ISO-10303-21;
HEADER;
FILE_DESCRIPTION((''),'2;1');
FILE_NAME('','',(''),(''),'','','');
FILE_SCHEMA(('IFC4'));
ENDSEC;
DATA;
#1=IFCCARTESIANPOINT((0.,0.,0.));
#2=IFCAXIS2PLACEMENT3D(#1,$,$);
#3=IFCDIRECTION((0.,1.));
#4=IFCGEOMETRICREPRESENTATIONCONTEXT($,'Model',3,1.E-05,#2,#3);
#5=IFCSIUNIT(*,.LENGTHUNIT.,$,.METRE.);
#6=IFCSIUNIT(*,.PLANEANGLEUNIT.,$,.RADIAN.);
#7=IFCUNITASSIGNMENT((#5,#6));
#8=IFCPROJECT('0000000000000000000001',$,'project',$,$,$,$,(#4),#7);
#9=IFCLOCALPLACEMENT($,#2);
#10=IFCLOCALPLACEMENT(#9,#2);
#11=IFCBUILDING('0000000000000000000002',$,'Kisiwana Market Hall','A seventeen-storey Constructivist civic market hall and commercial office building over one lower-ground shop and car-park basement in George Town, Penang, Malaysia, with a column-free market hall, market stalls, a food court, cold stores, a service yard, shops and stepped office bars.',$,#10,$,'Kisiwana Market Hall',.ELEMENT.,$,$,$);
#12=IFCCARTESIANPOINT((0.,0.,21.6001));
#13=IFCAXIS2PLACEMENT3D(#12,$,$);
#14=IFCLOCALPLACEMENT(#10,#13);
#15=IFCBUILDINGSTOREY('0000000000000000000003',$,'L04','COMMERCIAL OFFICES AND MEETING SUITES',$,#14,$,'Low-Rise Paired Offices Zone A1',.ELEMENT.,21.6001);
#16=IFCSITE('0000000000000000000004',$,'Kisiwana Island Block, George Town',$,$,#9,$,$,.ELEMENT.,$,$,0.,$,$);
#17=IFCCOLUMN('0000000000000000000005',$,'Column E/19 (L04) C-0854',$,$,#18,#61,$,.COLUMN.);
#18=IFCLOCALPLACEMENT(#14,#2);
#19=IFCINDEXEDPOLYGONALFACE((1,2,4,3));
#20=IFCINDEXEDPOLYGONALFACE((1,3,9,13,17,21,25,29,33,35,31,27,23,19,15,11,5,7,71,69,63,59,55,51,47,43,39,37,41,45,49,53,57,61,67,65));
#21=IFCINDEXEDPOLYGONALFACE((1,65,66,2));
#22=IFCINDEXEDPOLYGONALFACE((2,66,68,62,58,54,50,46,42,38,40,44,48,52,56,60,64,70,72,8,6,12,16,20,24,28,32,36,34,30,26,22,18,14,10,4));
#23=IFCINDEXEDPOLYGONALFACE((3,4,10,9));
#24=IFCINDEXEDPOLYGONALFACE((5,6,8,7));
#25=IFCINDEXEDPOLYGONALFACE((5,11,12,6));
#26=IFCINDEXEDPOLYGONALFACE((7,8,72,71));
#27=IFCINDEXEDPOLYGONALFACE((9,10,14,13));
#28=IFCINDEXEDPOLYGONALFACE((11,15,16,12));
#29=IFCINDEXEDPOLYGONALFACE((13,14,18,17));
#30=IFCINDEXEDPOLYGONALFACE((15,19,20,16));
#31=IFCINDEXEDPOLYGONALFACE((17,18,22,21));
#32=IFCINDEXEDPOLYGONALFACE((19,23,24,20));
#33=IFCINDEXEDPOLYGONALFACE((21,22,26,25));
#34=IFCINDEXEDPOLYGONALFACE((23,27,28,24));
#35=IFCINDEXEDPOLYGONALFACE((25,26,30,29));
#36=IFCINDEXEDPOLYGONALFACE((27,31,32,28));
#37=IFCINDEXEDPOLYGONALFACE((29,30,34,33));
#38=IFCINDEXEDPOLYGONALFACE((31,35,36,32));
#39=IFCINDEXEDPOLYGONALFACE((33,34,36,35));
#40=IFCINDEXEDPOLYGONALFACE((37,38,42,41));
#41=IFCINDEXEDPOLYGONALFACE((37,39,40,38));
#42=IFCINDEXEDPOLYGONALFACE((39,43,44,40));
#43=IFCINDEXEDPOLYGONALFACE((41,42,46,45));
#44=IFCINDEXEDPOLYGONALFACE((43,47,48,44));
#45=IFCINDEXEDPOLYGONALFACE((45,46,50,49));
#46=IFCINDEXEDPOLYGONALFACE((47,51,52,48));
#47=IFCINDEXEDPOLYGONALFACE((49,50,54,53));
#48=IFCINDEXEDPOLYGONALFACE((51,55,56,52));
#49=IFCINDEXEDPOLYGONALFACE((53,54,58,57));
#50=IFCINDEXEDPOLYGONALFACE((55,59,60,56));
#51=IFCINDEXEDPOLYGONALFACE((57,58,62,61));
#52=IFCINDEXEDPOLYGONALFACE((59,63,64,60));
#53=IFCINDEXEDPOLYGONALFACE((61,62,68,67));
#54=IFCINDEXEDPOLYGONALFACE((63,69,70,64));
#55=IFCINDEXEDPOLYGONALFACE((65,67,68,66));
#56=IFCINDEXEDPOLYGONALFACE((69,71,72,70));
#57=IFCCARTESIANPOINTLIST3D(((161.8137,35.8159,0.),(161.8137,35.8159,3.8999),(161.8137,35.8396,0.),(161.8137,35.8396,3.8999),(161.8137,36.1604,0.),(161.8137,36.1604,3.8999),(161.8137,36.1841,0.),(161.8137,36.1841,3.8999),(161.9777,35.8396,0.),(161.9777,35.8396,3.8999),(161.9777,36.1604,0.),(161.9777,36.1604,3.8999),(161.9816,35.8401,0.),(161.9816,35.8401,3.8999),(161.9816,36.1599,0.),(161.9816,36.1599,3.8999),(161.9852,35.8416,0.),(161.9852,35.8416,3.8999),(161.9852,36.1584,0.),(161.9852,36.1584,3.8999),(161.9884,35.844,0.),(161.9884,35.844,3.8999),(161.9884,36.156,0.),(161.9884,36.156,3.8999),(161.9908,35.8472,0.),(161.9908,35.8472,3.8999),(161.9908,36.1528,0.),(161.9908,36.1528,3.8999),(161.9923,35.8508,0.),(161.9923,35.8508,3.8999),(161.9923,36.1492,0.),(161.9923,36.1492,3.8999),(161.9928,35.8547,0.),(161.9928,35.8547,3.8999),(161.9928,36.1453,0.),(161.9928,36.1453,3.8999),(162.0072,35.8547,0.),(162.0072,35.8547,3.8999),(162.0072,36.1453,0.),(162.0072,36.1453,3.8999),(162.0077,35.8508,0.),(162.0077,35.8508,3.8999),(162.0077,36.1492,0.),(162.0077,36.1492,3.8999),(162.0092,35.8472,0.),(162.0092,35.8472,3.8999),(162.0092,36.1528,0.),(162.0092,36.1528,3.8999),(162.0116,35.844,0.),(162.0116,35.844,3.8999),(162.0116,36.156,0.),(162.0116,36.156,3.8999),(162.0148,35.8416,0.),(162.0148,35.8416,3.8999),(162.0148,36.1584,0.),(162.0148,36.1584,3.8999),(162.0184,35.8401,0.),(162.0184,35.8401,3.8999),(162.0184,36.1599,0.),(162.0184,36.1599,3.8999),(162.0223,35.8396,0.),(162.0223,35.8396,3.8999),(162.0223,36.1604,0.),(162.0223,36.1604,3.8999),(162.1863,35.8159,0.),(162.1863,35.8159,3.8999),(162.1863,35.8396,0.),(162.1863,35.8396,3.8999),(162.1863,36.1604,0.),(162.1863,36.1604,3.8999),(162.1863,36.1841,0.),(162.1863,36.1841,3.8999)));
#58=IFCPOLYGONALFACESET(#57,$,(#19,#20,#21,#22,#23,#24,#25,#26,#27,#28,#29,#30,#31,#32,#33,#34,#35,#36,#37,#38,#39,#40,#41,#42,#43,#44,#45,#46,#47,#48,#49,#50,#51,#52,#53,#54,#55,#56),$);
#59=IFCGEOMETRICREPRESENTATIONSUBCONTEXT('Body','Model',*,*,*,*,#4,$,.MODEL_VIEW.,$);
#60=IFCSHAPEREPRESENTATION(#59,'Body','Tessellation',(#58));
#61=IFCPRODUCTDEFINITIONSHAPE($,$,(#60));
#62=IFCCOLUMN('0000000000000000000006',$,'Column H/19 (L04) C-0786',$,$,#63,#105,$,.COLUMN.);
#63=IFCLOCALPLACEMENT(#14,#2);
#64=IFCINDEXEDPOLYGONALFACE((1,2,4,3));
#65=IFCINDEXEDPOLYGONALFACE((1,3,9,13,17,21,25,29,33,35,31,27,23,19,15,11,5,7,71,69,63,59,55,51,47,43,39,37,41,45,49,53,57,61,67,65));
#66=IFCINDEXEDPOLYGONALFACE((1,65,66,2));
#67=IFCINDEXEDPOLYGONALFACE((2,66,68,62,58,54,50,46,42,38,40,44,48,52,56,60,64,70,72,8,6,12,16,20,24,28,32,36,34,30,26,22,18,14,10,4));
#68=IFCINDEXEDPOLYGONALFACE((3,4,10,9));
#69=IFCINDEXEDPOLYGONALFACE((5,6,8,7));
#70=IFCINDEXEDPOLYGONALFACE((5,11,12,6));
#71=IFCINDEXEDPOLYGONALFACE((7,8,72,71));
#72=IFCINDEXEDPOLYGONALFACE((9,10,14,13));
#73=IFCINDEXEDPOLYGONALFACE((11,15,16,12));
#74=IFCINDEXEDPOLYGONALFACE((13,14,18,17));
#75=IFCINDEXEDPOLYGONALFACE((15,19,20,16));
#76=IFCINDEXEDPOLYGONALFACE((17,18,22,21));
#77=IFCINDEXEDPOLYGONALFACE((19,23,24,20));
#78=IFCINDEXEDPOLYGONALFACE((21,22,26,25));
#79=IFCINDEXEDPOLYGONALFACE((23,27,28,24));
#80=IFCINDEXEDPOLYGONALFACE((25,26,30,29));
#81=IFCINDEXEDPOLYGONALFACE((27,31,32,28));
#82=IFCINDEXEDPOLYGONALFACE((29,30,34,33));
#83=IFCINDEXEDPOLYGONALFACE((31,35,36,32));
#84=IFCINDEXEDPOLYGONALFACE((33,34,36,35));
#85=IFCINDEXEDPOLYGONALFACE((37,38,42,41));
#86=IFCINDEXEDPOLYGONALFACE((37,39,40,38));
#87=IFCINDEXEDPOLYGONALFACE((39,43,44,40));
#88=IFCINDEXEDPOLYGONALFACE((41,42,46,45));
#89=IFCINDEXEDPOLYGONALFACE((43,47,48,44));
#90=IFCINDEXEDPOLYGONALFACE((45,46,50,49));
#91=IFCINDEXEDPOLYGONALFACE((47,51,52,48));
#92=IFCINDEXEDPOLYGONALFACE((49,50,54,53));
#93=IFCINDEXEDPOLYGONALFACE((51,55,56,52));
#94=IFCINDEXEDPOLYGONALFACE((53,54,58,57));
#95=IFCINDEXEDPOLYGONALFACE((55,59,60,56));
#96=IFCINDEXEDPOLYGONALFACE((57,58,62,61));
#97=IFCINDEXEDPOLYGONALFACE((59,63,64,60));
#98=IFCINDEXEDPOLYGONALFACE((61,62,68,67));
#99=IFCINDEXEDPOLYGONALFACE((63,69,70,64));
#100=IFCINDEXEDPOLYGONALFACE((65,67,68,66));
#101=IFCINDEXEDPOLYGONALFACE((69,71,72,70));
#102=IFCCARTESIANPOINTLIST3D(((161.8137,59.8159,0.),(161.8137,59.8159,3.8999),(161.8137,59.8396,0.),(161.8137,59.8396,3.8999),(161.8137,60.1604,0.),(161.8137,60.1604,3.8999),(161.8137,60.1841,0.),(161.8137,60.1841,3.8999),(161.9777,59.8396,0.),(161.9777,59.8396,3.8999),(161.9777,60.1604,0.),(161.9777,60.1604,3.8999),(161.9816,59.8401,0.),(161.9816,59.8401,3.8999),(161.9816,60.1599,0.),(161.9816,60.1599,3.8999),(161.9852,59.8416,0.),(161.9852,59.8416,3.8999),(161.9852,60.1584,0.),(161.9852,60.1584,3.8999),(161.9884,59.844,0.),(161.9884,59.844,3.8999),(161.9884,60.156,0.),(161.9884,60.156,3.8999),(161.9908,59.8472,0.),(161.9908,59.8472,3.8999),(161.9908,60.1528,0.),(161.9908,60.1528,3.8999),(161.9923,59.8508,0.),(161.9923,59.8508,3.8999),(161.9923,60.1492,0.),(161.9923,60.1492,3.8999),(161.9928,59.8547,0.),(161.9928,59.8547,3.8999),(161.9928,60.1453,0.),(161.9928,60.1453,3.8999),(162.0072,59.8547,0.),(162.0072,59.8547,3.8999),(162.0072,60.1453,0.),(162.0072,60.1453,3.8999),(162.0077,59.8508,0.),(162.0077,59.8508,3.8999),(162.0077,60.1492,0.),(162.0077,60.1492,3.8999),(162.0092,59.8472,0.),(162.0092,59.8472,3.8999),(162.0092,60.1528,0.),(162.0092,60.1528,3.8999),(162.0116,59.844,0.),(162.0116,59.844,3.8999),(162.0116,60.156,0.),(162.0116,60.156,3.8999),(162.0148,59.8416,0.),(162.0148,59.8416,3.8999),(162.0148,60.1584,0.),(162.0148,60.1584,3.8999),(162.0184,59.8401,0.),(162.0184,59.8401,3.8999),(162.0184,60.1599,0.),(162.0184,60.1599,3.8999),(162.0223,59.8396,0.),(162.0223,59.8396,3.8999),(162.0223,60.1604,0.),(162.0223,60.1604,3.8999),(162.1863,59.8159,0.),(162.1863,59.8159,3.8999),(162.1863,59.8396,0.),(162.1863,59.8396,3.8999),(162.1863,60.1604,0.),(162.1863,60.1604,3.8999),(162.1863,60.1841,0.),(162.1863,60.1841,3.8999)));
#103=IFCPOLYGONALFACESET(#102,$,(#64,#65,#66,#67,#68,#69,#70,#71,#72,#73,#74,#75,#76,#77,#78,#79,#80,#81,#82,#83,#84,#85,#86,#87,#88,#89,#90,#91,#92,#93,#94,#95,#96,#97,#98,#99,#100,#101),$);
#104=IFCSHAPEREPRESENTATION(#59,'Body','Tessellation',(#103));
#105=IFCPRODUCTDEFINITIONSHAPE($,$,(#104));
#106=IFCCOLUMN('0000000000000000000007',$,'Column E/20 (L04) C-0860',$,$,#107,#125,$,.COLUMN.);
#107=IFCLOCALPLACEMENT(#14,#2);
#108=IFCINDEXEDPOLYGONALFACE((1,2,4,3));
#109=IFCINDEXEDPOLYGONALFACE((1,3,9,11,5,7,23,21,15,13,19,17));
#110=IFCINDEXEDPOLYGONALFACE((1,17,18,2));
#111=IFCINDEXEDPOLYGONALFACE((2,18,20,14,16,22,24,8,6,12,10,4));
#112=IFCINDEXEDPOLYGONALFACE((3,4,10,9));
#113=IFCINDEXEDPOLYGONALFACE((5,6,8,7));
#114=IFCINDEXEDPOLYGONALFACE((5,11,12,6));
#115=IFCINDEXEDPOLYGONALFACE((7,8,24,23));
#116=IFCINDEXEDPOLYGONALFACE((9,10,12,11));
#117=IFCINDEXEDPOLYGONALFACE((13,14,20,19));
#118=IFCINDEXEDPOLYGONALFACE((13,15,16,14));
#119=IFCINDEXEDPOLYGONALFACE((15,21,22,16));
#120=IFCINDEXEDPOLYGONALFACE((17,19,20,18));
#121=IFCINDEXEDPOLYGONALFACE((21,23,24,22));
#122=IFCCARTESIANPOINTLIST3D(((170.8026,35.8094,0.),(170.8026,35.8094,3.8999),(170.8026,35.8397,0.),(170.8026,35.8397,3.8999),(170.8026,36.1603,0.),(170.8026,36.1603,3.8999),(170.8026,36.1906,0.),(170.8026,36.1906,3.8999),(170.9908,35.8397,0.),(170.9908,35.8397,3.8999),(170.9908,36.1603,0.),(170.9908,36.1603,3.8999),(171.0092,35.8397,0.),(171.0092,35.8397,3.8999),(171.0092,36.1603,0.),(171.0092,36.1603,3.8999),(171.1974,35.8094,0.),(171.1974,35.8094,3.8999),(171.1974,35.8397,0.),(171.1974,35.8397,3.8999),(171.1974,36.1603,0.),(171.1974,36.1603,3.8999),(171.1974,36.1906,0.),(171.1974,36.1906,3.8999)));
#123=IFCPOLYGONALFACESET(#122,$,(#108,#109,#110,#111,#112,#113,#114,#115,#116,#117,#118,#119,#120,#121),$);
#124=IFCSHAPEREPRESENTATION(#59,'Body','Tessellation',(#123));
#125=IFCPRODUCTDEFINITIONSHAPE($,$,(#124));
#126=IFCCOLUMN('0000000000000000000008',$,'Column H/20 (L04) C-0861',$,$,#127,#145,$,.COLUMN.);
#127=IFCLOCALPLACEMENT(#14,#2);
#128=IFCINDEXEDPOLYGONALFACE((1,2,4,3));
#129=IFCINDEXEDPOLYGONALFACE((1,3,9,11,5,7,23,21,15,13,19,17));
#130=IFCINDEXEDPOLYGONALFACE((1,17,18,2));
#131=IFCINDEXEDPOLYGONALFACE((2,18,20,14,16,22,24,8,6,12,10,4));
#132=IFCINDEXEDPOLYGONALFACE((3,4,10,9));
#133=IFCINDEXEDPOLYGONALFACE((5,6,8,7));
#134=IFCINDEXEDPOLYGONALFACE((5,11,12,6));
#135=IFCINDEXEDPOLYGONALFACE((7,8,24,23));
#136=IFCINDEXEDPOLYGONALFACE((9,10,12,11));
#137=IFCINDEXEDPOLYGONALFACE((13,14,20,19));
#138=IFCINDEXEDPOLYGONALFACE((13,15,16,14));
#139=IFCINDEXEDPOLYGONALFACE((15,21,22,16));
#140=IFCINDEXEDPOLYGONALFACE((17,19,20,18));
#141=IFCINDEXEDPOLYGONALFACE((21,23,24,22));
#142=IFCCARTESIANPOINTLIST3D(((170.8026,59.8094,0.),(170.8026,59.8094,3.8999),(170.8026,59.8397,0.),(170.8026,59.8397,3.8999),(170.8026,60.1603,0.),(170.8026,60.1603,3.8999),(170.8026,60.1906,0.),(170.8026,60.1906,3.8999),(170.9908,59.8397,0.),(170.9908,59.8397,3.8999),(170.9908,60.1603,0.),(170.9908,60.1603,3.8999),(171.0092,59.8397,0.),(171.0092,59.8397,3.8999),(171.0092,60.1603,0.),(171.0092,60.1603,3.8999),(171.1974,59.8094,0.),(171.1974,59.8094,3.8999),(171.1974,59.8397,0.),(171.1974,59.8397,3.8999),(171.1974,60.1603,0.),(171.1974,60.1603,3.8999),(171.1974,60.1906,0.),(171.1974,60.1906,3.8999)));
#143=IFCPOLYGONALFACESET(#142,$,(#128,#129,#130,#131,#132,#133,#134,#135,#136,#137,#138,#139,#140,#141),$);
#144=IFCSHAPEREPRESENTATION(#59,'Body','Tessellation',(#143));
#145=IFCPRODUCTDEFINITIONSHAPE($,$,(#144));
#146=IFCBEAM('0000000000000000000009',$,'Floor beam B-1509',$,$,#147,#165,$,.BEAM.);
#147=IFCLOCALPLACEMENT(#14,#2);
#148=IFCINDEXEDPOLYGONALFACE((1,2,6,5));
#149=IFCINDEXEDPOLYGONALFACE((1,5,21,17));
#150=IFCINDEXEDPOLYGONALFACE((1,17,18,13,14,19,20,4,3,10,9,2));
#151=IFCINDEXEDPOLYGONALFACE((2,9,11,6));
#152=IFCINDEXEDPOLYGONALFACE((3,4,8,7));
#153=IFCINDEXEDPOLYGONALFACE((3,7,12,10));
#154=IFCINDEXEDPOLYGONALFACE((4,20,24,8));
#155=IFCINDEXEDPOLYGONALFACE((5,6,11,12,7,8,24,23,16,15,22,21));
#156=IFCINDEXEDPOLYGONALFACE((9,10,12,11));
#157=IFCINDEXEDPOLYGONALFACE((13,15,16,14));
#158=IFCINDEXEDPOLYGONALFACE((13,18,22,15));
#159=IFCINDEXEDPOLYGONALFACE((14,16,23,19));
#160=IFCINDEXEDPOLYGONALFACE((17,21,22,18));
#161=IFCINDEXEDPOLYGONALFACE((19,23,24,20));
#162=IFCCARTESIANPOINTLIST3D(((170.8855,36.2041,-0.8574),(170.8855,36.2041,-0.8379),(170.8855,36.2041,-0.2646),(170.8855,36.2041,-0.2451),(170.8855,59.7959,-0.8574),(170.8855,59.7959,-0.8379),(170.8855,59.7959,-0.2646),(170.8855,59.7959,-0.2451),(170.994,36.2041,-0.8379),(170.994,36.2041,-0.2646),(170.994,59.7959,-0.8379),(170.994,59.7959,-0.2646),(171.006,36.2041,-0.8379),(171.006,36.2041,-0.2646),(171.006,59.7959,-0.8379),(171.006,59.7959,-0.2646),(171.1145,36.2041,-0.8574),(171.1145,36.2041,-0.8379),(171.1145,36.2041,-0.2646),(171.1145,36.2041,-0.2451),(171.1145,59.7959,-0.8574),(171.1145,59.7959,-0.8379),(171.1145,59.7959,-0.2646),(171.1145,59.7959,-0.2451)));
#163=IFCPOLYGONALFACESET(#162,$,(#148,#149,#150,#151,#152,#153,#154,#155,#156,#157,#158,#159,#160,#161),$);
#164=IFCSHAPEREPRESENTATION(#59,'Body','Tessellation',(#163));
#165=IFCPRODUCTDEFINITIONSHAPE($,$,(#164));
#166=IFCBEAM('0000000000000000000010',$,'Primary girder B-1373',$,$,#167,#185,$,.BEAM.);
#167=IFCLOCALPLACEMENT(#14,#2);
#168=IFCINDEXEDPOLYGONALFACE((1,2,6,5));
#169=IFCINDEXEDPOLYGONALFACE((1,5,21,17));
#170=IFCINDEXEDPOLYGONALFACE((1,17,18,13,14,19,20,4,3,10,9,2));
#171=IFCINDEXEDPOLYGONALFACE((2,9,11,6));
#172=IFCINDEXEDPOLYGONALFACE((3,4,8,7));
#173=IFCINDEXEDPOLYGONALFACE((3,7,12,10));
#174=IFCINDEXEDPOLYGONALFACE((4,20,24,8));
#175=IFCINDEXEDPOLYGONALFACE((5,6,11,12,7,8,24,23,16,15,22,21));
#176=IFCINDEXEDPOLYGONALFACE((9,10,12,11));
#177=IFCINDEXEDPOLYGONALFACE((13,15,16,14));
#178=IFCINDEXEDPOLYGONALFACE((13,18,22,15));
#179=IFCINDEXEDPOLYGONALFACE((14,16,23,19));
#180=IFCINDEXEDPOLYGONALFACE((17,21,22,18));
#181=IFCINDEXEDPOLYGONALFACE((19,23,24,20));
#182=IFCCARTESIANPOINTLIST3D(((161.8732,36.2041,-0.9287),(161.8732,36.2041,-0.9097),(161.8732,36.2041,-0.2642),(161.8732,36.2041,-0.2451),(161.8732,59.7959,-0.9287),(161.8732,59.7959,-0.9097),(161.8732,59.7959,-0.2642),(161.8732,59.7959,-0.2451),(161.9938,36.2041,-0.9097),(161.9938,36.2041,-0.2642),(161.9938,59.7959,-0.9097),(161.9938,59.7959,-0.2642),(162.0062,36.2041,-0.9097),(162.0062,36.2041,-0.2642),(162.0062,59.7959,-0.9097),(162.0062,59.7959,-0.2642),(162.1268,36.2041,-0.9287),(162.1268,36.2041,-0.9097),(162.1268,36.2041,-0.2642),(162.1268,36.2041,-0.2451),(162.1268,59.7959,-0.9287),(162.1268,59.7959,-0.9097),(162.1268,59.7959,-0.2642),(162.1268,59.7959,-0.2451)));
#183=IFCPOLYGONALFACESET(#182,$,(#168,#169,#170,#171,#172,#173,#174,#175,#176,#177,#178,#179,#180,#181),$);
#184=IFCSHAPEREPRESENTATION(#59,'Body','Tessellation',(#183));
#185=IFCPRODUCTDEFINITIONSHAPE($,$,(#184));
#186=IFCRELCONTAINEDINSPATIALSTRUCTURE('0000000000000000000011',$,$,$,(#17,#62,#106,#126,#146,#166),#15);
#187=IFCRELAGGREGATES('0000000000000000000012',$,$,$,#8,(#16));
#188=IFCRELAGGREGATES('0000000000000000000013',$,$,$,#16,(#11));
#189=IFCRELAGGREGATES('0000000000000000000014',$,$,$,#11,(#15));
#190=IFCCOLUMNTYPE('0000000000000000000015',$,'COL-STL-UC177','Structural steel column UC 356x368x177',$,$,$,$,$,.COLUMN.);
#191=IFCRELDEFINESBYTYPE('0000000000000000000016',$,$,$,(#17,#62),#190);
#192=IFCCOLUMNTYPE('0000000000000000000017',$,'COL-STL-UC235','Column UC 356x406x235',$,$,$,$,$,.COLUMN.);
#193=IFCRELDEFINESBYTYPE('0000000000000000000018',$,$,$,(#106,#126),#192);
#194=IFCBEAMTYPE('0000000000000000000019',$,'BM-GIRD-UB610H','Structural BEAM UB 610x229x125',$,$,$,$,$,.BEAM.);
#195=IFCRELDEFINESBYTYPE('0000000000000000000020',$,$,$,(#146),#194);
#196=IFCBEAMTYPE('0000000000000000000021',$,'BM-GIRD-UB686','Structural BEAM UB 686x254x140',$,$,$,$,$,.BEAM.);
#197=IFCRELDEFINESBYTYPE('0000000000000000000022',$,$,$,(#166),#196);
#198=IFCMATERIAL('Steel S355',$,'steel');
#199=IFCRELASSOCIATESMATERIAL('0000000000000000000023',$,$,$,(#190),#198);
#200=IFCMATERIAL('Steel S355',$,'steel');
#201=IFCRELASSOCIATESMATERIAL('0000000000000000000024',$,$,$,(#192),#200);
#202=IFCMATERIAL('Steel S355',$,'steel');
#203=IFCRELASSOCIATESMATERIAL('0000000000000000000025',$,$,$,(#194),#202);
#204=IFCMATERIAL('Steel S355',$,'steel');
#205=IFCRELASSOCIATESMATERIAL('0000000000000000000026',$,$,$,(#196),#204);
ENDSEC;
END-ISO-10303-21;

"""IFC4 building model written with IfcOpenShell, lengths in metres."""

from ifc_helpers import new_model, si_unit, direction, frame, origin, origin_2d, place, context, subcontext, project, spatial, i_section, extrude, material, material_profile, profile_set, type_object, element, save


model = new_model("IFC4")

# Units and contexts
model_context = context("Model", 3, precision=1e-05, world=origin(), true_north=direction((0.0, 1.0)))
body_context = subcontext(model_context, "Body", "Model", "MODEL_VIEW")
ifc_project = project(units=[si_unit("LENGTHUNIT", "METRE"), si_unit("PLANEANGLEUNIT", "RADIAN")], contexts=[model_context])

# Site, building, storey
site_placement = place(None, origin())
site = spatial("IfcSite", under=ifc_project, at=site_placement, Name="Kisiwana Island Block, George Town", CompositionType="ELEMENT", RefElevation=0.0)
building_placement = place(site_placement, origin())
building = spatial("IfcBuilding", under=site, at=building_placement, Name="Kisiwana Market Hall", Description="A seventeen-storey Constructivist civic market hall and commercial office building over one lower-ground shop and car-park basement in George Town, Penang, Malaysia, with a column-free market hall, market stalls, a food court, cold stores, a service yard, shops and stepped office bars.", LongName="Kisiwana Market Hall", CompositionType="ELEMENT")
storey_placement = place(building_placement, frame((0.0, 0.0, 21.6001)))
storey = spatial("IfcBuildingStorey", under=building, at=storey_placement, Name="L04", Description="COMMERCIAL OFFICES AND MEETING SUITES", LongName="Low-Rise Paired Offices Zone A1", CompositionType="ELEMENT", Elevation=21.6001)

# Columns
ifc_material_1 = material(Name="Steel S355", Category="steel")
ifc_material_profile_1 = material_profile(ifc_material_1, i_section(OverallWidth=0.3726, OverallDepth=0.3682, WebThickness=0.0144, FlangeThickness=0.0237, FilletRadius=0.0151, at=origin_2d()), Name="UC 356x368x177")
ifc_profile_set_1 = profile_set([ifc_material_profile_1], Name="Steel S355")
column_type_1 = type_object("IfcColumnType", Name="COL-STL-UC177", Description="Structural steel column UC 356x368x177", PredefinedType="COLUMN", material=ifc_profile_set_1)
for number, where, z_axis, x_axis, name in (
    (1, (162.0, 36.0, 0.0), (0.0, 0.0, 1.0), (1.0, 0.0, 0.0), "Column E/19 (L04) C-0854"),
    (2, (162.0, 60.0, 0.0), (0.0, 0.0, 1.0), (1.0, 0.0, 0.0), "Column H/19 (L04) C-0786"),
):
    element("IfcColumn", number, at=place(storey_placement, frame(where, z_axis=z_axis, x_axis=x_axis)), inside=storey, type_object=column_type_1, Name=name, PredefinedType="COLUMN", context=body_context, shape_type="SweptSolid", body=[
        extrude(i_section(OverallWidth=0.3726, OverallDepth=0.3682, WebThickness=0.0144, FlangeThickness=0.0237, FilletRadius=0.0151, at=origin_2d()), origin(), (0.0, 0.0, 1.0), 3.8999),
    ])
ifc_material_2 = material(Name="Steel S355", Category="steel")
ifc_material_profile_2 = material_profile(ifc_material_2, i_section(OverallWidth=0.3948, OverallDepth=0.3811, WebThickness=0.0183, FlangeThickness=0.0303, at=origin_2d()), Name="UC 356x406x235")
ifc_profile_set_2 = profile_set([ifc_material_profile_2], Name="Steel S355")
column_type_2 = type_object("IfcColumnType", Name="COL-STL-UC235", Description="Column UC 356x406x235", PredefinedType="COLUMN", material=ifc_profile_set_2)
for number, where, z_axis, x_axis, name in (
    (3, (171.0, 36.0, 0.0), (0.0, 0.0, 1.0), (1.0, 0.0, 0.0), "Column E/20 (L04) C-0860"),
    (4, (171.0, 60.0, 0.0), (0.0, 0.0, 1.0), (1.0, 0.0, 0.0), "Column H/20 (L04) C-0861"),
):
    element("IfcColumn", number, at=place(storey_placement, frame(where, z_axis=z_axis, x_axis=x_axis)), inside=storey, type_object=column_type_2, Name=name, PredefinedType="COLUMN", context=body_context, shape_type="SweptSolid", body=[
        extrude(i_section(OverallWidth=0.3948, OverallDepth=0.3811, WebThickness=0.0183, FlangeThickness=0.0303, at=origin_2d()), origin(), (0.0, 0.0, 1.0), 3.8999),
    ])

# Beams
ifc_material_3 = material(Name="Steel S355", Category="steel")
ifc_material_profile_3 = material_profile(ifc_material_3, i_section(OverallWidth=0.229, OverallDepth=0.6123, WebThickness=0.012, FlangeThickness=0.0195, at=origin_2d()), Name="UB 610x229x125")
ifc_profile_set_3 = profile_set([ifc_material_profile_3], Name="Steel S355")
beam_type_1 = type_object("IfcBeamType", Name="BM-GIRD-UB610H", Description="Structural BEAM UB 610x229x125", PredefinedType="BEAM", material=ifc_profile_set_3)
beam_1_placement = place(storey_placement, frame((171.0, 36.2041, -0.5513), z_axis=(0.0, 1.0, 0.0), x_axis=(-1.0, 0.0, 0.0)))
element("IfcBeam", 5, at=beam_1_placement, inside=storey, type_object=beam_type_1, Name="Floor beam B-1509", PredefinedType="BEAM", context=body_context, shape_type="SweptSolid", body=[
    extrude(i_section(OverallWidth=0.229, OverallDepth=0.6123, WebThickness=0.012, FlangeThickness=0.0195, at=origin_2d()), origin(), (0.0, 0.0, 1.0), 23.5918),
])
ifc_material_4 = material(Name="Steel S355", Category="steel")
ifc_material_profile_4 = material_profile(ifc_material_4, i_section(OverallWidth=0.2537, OverallDepth=0.6836, WebThickness=0.0125, FlangeThickness=0.019, at=origin_2d()), Name="UB 686x254x140")
ifc_profile_set_4 = profile_set([ifc_material_profile_4], Name="Steel S355")
beam_type_2 = type_object("IfcBeamType", Name="BM-GIRD-UB686", Description="Structural BEAM UB 686x254x140", PredefinedType="BEAM", material=ifc_profile_set_4)
beam_2_placement = place(storey_placement, frame((162.0, 36.2041, -0.5869), z_axis=(0.0, 1.0, 0.0), x_axis=(-1.0, 0.0, 0.0)))
element("IfcBeam", 6, at=beam_2_placement, inside=storey, type_object=beam_type_2, Name="Primary girder B-1373", PredefinedType="BEAM", context=body_context, shape_type="SweptSolid", body=[
    extrude(i_section(OverallWidth=0.2537, OverallDepth=0.6836, WebThickness=0.0125, FlangeThickness=0.019, at=origin_2d()), origin(), (0.0, 0.0, 1.0), 23.5918),
])

save(model, "model.ifc")
